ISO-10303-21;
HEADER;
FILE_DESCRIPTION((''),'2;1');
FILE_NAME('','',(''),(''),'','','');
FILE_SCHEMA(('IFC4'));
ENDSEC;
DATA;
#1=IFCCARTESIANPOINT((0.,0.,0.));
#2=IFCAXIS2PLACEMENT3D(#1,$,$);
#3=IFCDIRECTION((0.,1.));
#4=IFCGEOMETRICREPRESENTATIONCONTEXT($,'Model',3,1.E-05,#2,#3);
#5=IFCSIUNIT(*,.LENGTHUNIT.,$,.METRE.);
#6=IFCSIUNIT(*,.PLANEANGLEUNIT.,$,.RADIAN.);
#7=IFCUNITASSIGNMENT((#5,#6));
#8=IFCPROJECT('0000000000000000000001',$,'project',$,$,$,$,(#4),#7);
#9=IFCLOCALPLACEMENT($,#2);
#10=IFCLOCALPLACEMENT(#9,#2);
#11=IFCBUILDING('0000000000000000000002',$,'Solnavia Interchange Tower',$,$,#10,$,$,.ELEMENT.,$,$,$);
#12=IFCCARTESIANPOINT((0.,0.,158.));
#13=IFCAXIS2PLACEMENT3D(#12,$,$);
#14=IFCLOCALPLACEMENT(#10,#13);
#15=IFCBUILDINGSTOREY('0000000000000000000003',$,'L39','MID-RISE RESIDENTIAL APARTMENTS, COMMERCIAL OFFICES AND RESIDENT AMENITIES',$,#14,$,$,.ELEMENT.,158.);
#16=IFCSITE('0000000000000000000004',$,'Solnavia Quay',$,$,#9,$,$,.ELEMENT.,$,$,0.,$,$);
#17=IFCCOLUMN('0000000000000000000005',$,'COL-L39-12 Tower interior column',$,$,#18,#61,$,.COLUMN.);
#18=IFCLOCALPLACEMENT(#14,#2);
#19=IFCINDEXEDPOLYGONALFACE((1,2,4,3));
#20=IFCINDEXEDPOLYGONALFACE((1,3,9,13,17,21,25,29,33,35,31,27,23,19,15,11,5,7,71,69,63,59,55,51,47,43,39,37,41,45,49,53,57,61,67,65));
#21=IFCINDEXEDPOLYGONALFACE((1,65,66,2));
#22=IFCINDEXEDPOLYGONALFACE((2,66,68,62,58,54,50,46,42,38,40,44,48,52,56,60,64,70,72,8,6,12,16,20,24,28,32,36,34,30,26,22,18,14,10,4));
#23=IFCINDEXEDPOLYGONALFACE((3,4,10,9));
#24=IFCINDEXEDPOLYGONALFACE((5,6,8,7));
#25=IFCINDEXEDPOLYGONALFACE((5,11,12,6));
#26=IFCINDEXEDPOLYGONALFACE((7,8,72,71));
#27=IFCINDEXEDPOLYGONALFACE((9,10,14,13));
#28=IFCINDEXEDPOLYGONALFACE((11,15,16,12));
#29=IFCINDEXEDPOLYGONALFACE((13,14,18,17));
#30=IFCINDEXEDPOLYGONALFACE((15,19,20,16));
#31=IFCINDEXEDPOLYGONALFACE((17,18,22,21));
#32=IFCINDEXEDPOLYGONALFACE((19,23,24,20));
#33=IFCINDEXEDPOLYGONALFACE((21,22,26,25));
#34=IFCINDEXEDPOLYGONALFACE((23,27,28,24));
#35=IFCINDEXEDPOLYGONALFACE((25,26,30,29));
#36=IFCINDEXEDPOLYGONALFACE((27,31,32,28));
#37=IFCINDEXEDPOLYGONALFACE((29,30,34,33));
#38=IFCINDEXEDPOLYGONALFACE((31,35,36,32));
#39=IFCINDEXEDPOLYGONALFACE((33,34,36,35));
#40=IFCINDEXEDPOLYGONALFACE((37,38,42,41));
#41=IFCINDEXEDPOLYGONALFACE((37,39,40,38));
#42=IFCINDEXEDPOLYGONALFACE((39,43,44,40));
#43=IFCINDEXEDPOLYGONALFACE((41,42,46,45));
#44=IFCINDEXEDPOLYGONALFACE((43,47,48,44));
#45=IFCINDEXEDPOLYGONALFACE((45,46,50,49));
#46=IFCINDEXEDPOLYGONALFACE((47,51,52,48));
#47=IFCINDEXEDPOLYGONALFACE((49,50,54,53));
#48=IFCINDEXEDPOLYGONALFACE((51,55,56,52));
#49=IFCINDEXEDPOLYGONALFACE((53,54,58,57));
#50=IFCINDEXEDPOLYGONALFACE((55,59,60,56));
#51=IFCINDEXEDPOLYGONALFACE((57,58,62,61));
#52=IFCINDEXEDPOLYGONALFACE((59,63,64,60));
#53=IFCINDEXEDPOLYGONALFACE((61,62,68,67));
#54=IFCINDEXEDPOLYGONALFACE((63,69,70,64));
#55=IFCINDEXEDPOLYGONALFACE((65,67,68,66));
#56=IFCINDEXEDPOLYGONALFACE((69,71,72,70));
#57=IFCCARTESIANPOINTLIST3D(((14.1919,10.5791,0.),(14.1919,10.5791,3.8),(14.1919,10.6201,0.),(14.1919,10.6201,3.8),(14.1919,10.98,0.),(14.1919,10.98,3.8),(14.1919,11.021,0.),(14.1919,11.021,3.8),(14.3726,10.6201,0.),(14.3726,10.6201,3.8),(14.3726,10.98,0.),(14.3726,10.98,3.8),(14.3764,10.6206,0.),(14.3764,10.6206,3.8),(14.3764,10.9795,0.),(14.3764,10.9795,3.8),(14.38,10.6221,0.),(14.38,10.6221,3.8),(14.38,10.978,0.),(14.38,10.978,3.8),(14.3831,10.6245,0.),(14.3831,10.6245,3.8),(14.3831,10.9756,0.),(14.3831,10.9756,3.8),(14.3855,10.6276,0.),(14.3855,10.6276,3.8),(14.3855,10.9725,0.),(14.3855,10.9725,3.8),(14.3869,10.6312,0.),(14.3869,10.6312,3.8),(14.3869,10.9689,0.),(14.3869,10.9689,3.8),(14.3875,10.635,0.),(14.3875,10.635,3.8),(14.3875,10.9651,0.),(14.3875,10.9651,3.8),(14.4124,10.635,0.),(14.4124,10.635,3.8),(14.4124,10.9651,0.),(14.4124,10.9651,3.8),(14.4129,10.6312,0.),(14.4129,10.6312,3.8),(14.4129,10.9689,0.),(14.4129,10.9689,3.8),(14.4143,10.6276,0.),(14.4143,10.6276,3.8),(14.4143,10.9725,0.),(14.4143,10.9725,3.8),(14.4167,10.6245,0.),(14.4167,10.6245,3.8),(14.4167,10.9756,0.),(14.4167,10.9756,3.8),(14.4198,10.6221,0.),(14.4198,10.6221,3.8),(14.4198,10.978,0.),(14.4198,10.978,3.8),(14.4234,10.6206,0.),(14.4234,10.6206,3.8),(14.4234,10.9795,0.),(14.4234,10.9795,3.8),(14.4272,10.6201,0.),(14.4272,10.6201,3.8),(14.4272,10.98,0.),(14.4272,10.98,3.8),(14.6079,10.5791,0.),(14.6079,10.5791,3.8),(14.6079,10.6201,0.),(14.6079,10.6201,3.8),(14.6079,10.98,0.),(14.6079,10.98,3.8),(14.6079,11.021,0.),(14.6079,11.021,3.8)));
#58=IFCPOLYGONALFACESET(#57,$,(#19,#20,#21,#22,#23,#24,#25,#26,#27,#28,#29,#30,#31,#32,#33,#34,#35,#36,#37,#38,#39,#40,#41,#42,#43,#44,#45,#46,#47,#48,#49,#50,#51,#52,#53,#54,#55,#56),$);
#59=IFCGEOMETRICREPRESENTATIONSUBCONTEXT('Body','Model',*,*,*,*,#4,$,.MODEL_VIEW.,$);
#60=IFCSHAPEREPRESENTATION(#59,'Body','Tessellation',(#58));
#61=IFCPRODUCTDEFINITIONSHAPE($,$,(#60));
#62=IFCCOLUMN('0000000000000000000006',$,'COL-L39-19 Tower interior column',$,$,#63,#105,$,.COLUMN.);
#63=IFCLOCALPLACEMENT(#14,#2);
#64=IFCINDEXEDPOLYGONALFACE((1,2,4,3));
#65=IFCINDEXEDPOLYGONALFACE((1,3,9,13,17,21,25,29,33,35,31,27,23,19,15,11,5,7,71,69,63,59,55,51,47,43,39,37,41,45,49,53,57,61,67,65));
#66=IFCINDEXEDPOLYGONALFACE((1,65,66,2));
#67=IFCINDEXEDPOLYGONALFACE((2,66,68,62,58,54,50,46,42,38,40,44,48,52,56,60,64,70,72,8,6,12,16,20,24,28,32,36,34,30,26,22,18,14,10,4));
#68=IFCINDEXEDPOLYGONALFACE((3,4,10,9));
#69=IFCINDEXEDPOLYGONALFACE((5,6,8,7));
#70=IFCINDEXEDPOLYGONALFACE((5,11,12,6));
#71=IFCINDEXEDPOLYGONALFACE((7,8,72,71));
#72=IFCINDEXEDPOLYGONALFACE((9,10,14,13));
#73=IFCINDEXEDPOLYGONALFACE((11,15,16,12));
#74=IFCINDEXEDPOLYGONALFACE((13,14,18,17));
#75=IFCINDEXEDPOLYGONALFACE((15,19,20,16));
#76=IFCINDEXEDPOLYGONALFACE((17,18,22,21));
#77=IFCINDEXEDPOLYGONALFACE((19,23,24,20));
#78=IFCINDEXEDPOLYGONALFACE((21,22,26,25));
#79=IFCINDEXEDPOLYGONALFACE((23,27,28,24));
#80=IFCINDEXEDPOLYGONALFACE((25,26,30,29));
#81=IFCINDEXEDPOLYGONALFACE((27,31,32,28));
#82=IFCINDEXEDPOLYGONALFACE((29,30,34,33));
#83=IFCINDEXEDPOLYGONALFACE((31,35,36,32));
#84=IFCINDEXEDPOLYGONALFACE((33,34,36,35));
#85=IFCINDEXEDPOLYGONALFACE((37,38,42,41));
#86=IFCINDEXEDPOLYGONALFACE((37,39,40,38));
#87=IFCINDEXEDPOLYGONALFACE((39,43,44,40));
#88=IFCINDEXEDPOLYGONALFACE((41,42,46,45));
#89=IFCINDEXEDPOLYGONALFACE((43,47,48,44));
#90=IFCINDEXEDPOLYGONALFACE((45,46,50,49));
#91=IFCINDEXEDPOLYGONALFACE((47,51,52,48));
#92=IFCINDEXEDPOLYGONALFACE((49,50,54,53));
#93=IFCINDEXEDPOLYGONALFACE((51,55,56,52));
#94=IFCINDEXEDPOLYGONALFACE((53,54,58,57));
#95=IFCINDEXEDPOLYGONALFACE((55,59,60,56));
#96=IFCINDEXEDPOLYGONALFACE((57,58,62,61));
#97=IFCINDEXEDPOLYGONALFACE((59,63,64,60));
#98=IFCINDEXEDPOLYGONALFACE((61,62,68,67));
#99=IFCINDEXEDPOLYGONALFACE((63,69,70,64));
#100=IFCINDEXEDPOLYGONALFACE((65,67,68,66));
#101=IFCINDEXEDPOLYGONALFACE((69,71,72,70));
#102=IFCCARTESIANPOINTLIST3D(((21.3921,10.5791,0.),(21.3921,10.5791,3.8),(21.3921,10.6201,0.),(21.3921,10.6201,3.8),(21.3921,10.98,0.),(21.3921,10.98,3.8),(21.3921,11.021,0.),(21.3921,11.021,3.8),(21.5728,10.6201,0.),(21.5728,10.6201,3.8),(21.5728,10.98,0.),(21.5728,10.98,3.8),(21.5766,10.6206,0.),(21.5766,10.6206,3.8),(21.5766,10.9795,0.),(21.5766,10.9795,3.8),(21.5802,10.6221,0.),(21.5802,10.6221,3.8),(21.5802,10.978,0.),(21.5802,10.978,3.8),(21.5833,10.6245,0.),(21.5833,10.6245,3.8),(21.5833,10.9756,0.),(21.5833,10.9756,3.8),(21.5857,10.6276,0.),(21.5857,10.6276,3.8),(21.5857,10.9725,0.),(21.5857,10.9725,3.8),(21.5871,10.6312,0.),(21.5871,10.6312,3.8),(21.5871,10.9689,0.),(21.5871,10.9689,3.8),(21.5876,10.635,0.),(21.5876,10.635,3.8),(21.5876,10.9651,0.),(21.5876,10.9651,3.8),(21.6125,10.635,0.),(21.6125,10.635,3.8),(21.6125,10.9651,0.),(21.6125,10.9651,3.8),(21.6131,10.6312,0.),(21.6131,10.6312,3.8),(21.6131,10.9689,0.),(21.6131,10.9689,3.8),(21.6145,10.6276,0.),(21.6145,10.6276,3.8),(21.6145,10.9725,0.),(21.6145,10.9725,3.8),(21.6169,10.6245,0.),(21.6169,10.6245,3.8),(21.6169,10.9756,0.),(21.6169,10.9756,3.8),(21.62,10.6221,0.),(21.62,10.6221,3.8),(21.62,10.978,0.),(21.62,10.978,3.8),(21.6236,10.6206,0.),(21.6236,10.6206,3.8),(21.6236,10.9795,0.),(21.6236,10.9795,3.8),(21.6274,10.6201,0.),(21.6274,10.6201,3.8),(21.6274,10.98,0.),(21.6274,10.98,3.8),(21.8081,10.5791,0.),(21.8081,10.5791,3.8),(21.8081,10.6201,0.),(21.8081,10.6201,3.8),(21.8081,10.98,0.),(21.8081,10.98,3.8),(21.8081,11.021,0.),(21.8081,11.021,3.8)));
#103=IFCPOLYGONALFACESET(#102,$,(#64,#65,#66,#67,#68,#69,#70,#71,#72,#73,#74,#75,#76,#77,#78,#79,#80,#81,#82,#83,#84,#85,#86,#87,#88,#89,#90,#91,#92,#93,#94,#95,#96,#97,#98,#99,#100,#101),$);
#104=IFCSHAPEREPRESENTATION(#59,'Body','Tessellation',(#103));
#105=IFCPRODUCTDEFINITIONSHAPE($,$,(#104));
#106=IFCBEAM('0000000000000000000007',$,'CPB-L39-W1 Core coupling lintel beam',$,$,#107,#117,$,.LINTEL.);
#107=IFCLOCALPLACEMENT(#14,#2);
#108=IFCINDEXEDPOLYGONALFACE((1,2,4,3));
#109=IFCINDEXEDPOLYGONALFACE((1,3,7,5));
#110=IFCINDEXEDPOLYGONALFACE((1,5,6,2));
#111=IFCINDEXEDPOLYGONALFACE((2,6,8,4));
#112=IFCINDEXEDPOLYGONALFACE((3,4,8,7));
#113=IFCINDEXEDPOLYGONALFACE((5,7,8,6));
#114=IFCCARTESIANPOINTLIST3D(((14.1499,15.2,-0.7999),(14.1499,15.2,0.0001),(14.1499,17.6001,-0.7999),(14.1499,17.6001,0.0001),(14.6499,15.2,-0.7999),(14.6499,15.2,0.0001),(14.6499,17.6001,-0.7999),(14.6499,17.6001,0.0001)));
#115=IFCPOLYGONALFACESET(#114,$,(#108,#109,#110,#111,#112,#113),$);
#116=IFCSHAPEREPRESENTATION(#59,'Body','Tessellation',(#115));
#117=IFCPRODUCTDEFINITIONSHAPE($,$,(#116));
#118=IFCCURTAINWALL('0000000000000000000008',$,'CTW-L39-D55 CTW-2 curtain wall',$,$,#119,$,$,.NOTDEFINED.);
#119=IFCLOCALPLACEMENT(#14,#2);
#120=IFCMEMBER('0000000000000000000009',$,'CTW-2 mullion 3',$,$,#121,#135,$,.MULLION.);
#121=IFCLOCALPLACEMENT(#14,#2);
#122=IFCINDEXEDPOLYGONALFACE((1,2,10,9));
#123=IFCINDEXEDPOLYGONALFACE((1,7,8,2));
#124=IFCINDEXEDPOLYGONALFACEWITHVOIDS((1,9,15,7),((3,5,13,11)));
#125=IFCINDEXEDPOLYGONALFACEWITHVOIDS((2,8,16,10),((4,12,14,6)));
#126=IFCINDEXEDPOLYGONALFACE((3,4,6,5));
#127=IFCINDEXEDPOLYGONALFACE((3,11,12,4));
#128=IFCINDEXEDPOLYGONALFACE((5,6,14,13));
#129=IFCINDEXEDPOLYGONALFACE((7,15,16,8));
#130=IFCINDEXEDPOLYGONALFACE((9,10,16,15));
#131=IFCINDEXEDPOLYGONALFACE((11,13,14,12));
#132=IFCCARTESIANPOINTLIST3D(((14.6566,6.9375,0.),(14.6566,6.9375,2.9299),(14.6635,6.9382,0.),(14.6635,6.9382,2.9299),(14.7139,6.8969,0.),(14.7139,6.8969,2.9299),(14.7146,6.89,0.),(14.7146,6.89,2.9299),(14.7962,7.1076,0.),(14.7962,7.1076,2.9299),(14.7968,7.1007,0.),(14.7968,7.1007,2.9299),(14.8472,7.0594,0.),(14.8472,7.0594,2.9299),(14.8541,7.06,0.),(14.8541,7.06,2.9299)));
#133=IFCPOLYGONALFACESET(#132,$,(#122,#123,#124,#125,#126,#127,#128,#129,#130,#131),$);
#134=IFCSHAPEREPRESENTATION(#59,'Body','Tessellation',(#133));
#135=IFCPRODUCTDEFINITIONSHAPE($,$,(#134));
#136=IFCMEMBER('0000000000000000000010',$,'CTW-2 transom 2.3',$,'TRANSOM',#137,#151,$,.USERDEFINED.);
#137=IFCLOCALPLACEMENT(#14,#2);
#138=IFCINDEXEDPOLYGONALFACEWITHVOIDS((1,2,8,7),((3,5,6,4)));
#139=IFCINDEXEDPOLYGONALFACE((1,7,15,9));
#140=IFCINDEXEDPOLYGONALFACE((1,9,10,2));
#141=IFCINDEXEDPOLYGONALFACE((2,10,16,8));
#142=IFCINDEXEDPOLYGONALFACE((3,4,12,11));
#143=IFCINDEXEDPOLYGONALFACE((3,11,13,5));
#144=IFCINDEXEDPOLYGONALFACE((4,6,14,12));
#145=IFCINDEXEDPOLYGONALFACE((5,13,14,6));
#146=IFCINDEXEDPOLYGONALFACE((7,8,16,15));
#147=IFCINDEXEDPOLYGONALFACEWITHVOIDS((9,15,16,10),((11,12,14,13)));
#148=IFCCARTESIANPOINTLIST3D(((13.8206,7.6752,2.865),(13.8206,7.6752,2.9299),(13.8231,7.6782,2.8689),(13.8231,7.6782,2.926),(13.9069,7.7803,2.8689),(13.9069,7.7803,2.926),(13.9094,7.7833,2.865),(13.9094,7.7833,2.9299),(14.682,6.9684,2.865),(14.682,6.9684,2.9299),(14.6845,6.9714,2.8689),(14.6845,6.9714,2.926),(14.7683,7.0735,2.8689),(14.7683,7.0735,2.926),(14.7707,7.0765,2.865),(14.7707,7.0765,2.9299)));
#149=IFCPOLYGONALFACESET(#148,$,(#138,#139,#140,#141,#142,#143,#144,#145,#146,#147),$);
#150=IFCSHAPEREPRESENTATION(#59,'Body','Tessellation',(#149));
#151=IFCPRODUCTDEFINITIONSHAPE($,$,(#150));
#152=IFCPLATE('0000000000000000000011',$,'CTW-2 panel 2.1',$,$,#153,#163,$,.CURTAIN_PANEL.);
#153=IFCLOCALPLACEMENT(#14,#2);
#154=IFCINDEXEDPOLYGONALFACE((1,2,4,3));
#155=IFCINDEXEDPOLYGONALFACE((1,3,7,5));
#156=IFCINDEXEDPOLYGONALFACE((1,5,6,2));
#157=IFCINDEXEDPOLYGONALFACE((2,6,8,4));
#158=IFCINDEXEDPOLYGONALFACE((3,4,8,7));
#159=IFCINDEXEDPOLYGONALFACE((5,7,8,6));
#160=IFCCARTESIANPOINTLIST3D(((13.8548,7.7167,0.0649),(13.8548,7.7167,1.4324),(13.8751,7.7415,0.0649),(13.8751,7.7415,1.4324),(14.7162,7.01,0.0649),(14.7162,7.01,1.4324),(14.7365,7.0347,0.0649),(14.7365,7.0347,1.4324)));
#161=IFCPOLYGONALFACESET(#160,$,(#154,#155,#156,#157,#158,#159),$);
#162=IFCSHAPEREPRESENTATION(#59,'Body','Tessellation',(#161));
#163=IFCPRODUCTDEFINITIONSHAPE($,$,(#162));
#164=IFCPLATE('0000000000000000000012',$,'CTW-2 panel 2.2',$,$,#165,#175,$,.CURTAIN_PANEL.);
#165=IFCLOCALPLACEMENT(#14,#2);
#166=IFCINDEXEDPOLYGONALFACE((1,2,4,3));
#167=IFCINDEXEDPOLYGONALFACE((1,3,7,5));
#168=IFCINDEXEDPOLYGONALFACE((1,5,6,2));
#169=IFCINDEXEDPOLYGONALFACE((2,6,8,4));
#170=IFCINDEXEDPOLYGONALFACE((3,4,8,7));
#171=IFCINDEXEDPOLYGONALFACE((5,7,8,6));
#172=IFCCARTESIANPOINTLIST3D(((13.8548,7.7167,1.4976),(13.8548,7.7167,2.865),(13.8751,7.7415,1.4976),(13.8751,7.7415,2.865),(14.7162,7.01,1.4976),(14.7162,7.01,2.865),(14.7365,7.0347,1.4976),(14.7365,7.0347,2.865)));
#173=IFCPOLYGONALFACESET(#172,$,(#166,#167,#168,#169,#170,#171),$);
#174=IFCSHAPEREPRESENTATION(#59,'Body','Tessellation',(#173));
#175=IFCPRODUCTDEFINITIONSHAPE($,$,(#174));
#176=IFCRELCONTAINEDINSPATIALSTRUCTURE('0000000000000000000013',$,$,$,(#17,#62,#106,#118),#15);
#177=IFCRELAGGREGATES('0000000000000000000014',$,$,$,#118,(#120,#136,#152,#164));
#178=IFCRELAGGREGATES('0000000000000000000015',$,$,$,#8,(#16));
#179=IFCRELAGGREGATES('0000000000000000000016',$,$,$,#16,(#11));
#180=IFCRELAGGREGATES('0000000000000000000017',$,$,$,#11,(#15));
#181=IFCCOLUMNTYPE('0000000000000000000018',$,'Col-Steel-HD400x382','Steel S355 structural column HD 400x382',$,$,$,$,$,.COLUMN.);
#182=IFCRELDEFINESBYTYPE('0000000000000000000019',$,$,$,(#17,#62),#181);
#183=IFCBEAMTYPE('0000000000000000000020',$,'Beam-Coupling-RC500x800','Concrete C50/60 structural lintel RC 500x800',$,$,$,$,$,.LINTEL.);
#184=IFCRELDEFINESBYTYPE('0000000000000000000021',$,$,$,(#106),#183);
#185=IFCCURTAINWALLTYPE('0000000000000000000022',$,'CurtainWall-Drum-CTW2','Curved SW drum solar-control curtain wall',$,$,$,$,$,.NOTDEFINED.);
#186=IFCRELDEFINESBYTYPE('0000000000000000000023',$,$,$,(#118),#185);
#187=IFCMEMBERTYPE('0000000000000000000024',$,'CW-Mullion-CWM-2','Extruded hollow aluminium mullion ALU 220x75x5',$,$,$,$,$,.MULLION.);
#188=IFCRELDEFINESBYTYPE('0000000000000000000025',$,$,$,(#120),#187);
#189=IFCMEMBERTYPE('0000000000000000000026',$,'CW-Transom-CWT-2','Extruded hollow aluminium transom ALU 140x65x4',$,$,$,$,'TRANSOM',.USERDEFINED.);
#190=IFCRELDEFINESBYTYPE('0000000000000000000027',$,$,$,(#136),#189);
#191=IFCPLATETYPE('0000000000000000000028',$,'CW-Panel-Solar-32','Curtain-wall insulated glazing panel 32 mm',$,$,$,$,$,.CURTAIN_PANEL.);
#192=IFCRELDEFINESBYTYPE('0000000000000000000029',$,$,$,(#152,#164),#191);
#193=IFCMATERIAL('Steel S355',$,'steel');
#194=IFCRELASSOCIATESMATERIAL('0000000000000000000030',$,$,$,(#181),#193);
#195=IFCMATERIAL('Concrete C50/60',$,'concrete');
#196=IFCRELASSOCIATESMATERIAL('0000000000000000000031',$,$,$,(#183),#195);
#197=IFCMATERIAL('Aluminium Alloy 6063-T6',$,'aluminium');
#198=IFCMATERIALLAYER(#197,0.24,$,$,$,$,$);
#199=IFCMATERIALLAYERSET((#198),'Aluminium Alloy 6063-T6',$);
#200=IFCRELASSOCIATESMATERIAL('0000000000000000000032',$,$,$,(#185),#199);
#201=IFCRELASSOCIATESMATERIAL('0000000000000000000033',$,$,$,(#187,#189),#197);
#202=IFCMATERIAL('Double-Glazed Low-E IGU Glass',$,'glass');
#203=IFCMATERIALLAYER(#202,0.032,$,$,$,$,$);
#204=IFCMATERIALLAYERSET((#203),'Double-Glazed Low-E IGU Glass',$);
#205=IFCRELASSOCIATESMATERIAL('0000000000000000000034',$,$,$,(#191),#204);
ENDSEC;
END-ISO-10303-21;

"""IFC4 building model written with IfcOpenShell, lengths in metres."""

from ifc_helpers import new_model, si_unit, direction, frame, origin, origin_2d, place, context, subcontext, project, spatial, rectangle, hollow_rectangle, i_section, extrude, material, layer, layer_set, material_profile, profile_set, type_object, element, aggregate, save


model = new_model("IFC4")

# Units and contexts
model_context = context("Model", 3, precision=1e-05, world=origin(), true_north=direction((0.0, 1.0)))
body_context = subcontext(model_context, "Body", "Model", "MODEL_VIEW")
ifc_project = project(units=[si_unit("LENGTHUNIT", "METRE"), si_unit("PLANEANGLEUNIT", "RADIAN")], contexts=[model_context])

# Site, building, storey
site_placement = place(None, origin())
site = spatial("IfcSite", under=ifc_project, at=site_placement, Name="Solnavia Quay", CompositionType="ELEMENT", RefElevation=0.0)
building_placement = place(site_placement, origin())
building = spatial("IfcBuilding", under=site, at=building_placement, Name="Solnavia Interchange Tower", CompositionType="ELEMENT")
storey_placement = place(building_placement, frame((0.0, 0.0, 158.0)))
storey = spatial("IfcBuildingStorey", under=building, at=storey_placement, Name="L39", Description="MID-RISE RESIDENTIAL APARTMENTS, COMMERCIAL OFFICES AND RESIDENT AMENITIES", CompositionType="ELEMENT", Elevation=158.0)

# Columns
ifc_material_1 = material(Name="Steel S355", Category="steel")
ifc_material_profile_1 = material_profile(ifc_material_1, i_section(OverallWidth=0.416, OverallDepth=0.4419, WebThickness=0.0249, FlangeThickness=0.041, FilletRadius=0.0149, at=origin_2d()), Name="HD 400x382")
ifc_profile_set_1 = profile_set([ifc_material_profile_1], Name="Steel S355")
column_type = type_object("IfcColumnType", Name="Col-Steel-HD400x382", Description="Steel S355 structural column HD 400x382", PredefinedType="COLUMN", material=ifc_profile_set_1)
for number, where, z_axis, x_axis, name in (
    (1, (14.3999, 10.8, 0.0), (0.0, 0.0, 1.0), (1.0, 0.0, 0.0), "COL-L39-12 Tower interior column"),
    (2, (21.6001, 10.8, 0.0), (0.0, 0.0, 1.0), (1.0, 0.0, 0.0), "COL-L39-19 Tower interior column"),
):
    element("IfcColumn", number, at=place(storey_placement, frame(where, z_axis=z_axis, x_axis=x_axis)), inside=storey, type_object=column_type, Name=name, PredefinedType="COLUMN", context=body_context, shape_type="SweptSolid", body=[
        extrude(i_section(OverallWidth=0.416, OverallDepth=0.4419, WebThickness=0.0249, FlangeThickness=0.041, FilletRadius=0.0149, at=origin_2d()), origin(), (0.0, 0.0, 1.0), 3.8),
    ])

# Beam
ifc_material_2 = material(Name="Concrete C50/60", Category="concrete")
ifc_material_profile_2 = material_profile(ifc_material_2, rectangle(XDim=0.5, YDim=0.8, at=origin_2d()), Name="RC 500x800")
ifc_profile_set_2 = profile_set([ifc_material_profile_2], Name="Concrete C50/60")
beam_type = type_object("IfcBeamType", Name="Beam-Coupling-RC500x800", Description="Concrete C50/60 structural lintel RC 500x800", PredefinedType="LINTEL", material=ifc_profile_set_2)
beam_placement = place(storey_placement, frame((14.3999, 15.2, -0.3999), z_axis=(0.0, 1.0, 0.0), x_axis=(-1.0, 0.0, 0.0)))
element("IfcBeam", 3, at=beam_placement, inside=storey, type_object=beam_type, Name="CPB-L39-W1 Core coupling lintel beam", PredefinedType="LINTEL", context=body_context, shape_type="SweptSolid", body=[
    extrude(rectangle(XDim=0.5, YDim=0.8, at=origin_2d()), origin(), (0.0, 0.0, 1.0), 2.4001),
])

# Curtain wall, members, plates
ifc_material_3 = material(Name="Aluminium Alloy 6063-T6", Category="aluminium")
ifc_layer_1 = layer(ifc_material_3, 0.24)
ifc_layer_set_1 = layer_set([ifc_layer_1], Name="Aluminium Alloy 6063-T6")
curtain_wall_type = type_object("IfcCurtainWallType", Name="CurtainWall-Drum-CTW2", Description="Curved SW drum solar-control curtain wall", PredefinedType="NOTDEFINED", material=ifc_layer_set_1)
curtain_wall_placement = place(storey_placement, origin())
curtain_wall = element("IfcCurtainWall", 4, at=curtain_wall_placement, inside=storey, type_object=curtain_wall_type, Name="CTW-L39-D55 CTW-2 curtain wall", PredefinedType="NOTDEFINED")
ifc_material_profile_3 = material_profile(ifc_material_3, hollow_rectangle(XDim=0.075, YDim=0.22, WallThickness=0.0049, at=origin_2d()), Name="ALU 220x75x5")
ifc_profile_set_3 = profile_set([ifc_material_profile_3], Name="Aluminium Alloy 6063-T6")
member_type_1 = type_object("IfcMemberType", Name="CW-Mullion-CWM-2", Description="Extruded hollow aluminium mullion ALU 220x75x5", PredefinedType="MULLION", material=ifc_profile_set_3)
member_1_placement = place(storey_placement, frame((14.7554, 6.9988, 0.0), z_axis=(0.0, 0.0, 1.0), x_axis=(0.773103, -0.63428, 0.0)))
member_1 = element("IfcMember", 5, at=member_1_placement, type_object=member_type_1, Name="CTW-2 mullion 3", PredefinedType="MULLION", context=body_context, shape_type="SweptSolid", body=[
    extrude(hollow_rectangle(XDim=0.075, YDim=0.22, WallThickness=0.0049, at=origin_2d()), origin(), (0.0, 0.0, 1.0), 2.9299),
])
ifc_material_profile_4 = material_profile(ifc_material_3, hollow_rectangle(XDim=0.0649, YDim=0.1399, WallThickness=0.0039, at=origin_2d()), Name="ALU 140x65x4")
ifc_profile_set_4 = profile_set([ifc_material_profile_4], Name="Aluminium Alloy 6063-T6")
member_type_2 = type_object("IfcMemberType", Name="CW-Transom-CWT-2", Description="Extruded hollow aluminium transom ALU 140x65x4", ElementType="TRANSOM", PredefinedType="USERDEFINED", material=ifc_profile_set_4)
member_2_placement = place(storey_placement, frame((13.865, 7.7292, 2.8975), z_axis=(0.773049, -0.634347, 0.0), x_axis=(0.0, 0.0, 1.0)))
member_2 = element("IfcMember", 6, at=member_2_placement, type_object=member_type_2, Name="CTW-2 transom 2.3", ObjectType="TRANSOM", PredefinedType="USERDEFINED", context=body_context, shape_type="SweptSolid", body=[
    extrude(hollow_rectangle(XDim=0.0649, YDim=0.1399, WallThickness=0.0039, at=origin_2d()), origin(), (0.0, 0.0, 1.0), 1.1143),
])
ifc_material_4 = material(Name="Double-Glazed Low-E IGU Glass", Category="glass")
ifc_layer_2 = layer(ifc_material_4, 0.032)
ifc_layer_set_2 = layer_set([ifc_layer_2], Name="Double-Glazed Low-E IGU Glass")
plate_type = type_object("IfcPlateType", Name="CW-Panel-Solar-32", Description="Curtain-wall insulated glazing panel 32 mm", PredefinedType="CURTAIN_PANEL", material=ifc_layer_set_2)
plate_1_placement = place(storey_placement, frame((14.2957, 7.3757, 0.0649), z_axis=(0.0, 0.0, 1.0), x_axis=(0.773103, -0.63428, 0.0)))
plate_1 = element("IfcPlate", 7, at=plate_1_placement, type_object=plate_type, Name="CTW-2 panel 2.1", PredefinedType="CURTAIN_PANEL", context=body_context, shape_type="SweptSolid", body=[
    extrude(rectangle(XDim=1.1143, YDim=0.032, at=origin_2d()), origin(), (0.0, 0.0, 1.0), 1.3674),
])
plate_2_placement = place(storey_placement, frame((14.2957, 7.3757, 1.4976), z_axis=(0.0, 0.0, 1.0), x_axis=(0.773103, -0.63428, 0.0)))
plate_2 = element("IfcPlate", 8, at=plate_2_placement, type_object=plate_type, Name="CTW-2 panel 2.2", PredefinedType="CURTAIN_PANEL", context=body_context, shape_type="SweptSolid", body=[
    extrude(rectangle(XDim=1.1143, YDim=0.032, at=origin_2d()), origin(), (0.0, 0.0, 1.0), 1.3674),
])
aggregate(curtain_wall, [member_1, member_2, plate_1, plate_2])

save(model, "model.ifc")
